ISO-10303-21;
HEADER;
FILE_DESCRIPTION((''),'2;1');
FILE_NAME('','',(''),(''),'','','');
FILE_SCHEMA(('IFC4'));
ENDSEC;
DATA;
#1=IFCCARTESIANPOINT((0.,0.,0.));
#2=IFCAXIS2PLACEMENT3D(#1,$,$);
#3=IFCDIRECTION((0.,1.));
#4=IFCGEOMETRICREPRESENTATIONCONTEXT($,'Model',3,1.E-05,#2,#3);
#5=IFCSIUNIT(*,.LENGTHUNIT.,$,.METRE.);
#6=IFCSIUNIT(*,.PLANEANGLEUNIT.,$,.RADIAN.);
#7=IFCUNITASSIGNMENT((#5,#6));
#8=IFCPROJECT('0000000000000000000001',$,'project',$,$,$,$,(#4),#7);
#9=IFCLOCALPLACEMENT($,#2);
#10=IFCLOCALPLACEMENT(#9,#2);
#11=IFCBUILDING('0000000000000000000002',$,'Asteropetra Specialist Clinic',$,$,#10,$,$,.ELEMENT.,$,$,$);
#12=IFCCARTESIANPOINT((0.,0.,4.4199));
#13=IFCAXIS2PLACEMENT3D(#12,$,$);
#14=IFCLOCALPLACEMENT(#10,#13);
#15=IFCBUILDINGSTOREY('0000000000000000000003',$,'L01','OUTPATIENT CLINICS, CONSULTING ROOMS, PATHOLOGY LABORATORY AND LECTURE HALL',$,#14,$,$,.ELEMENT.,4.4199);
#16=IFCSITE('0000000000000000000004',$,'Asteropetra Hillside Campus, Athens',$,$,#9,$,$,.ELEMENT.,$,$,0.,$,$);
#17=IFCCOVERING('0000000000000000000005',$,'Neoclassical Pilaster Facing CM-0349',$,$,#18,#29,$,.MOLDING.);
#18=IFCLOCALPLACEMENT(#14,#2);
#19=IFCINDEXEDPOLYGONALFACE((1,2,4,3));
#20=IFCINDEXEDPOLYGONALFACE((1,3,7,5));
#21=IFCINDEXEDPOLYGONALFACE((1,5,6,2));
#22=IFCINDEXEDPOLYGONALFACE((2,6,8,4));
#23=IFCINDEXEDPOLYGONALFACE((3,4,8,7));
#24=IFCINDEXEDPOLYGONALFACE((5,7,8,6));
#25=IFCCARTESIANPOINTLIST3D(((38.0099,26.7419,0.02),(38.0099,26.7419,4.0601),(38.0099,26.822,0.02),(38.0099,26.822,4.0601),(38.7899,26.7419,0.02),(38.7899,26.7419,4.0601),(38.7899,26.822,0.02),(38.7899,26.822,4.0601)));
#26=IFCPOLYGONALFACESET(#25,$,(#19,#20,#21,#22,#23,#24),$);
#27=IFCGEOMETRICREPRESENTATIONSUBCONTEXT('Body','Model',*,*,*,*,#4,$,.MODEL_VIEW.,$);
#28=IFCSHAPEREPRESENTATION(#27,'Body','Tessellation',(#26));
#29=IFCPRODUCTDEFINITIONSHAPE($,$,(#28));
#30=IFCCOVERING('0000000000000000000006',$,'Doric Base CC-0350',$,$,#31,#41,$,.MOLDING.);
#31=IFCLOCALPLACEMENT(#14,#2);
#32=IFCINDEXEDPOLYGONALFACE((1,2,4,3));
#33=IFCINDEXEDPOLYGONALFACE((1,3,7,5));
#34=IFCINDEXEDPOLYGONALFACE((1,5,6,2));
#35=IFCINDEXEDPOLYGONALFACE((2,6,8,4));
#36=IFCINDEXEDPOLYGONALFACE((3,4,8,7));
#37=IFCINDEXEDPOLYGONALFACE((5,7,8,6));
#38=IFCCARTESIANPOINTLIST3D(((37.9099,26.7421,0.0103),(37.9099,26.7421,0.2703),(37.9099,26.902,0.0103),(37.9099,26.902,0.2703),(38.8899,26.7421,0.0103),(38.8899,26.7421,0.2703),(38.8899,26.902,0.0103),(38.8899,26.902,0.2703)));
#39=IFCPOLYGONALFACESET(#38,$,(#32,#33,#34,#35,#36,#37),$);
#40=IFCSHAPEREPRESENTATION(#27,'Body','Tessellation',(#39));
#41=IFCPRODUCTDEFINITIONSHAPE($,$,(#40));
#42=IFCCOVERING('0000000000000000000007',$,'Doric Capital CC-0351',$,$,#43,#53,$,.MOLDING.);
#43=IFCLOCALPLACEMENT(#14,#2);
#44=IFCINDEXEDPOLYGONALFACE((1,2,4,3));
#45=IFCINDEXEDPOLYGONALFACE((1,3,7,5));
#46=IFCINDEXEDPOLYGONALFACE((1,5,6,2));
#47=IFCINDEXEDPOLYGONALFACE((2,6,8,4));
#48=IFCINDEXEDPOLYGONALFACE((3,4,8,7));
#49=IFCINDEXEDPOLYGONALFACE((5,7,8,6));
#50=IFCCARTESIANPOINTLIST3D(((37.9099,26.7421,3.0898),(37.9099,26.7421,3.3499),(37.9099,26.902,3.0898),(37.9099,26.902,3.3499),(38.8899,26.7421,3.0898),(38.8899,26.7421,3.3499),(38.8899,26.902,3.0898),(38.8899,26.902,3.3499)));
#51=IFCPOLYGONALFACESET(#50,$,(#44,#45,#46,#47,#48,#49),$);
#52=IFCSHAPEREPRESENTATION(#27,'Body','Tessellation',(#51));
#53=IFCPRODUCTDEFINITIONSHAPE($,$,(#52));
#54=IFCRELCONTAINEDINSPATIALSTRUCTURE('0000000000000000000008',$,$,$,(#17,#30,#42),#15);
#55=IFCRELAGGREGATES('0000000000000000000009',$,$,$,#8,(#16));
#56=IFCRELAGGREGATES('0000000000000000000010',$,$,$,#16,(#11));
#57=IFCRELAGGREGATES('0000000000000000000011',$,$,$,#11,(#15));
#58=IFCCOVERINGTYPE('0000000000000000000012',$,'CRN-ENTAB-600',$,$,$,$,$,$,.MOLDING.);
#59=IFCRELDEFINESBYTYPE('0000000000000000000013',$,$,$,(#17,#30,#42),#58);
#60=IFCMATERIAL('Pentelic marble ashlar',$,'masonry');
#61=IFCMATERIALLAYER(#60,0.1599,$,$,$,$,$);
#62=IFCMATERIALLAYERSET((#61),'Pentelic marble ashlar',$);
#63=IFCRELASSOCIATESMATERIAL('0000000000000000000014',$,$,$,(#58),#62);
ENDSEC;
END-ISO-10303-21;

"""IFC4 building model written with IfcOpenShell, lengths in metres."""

from ifc_helpers import new_model, si_unit, direction, frame, origin, origin_2d, place, context, subcontext, project, spatial, rectangle, extrude, material, layer, layer_set, type_object, element, save


model = new_model("IFC4")

# Units and contexts
model_context = context("Model", 3, precision=1e-05, world=origin(), true_north=direction((0.0, 1.0)))
body_context = subcontext(model_context, "Body", "Model", "MODEL_VIEW")
ifc_project = project(units=[si_unit("LENGTHUNIT", "METRE"), si_unit("PLANEANGLEUNIT", "RADIAN")], contexts=[model_context])

# Site, building, storey
site_placement = place(None, origin())
site = spatial("IfcSite", under=ifc_project, at=site_placement, Name="Asteropetra Hillside Campus, Athens", CompositionType="ELEMENT", RefElevation=0.0)
building_placement = place(site_placement, origin())
building = spatial("IfcBuilding", under=site, at=building_placement, Name="Asteropetra Specialist Clinic", CompositionType="ELEMENT")
storey_placement = place(building_placement, frame((0.0, 0.0, 4.4199)))
storey = spatial("IfcBuildingStorey", under=building, at=storey_placement, Name="L01", Description="OUTPATIENT CLINICS, CONSULTING ROOMS, PATHOLOGY LABORATORY AND LECTURE HALL", CompositionType="ELEMENT", Elevation=4.4199)

# Coverings
ifc_material_1 = material(Name="Pentelic marble ashlar", Category="masonry")
ifc_layer_1 = layer(ifc_material_1, 0.1599)
ifc_layer_set_1 = layer_set([ifc_layer_1], Name="Pentelic marble ashlar")
covering_type = type_object("IfcCoveringType", Name="CRN-ENTAB-600", PredefinedType="MOLDING", material=ifc_layer_set_1)
covering_1_placement = place(storey_placement, frame((38.3999, 26.782, 0.02), z_axis=(0.0, 0.0, 1.0), x_axis=(1.0, 0.0, 0.0)))
element("IfcCovering", 1, at=covering_1_placement, inside=storey, type_object=covering_type, Name="Neoclassical Pilaster Facing CM-0349", PredefinedType="MOLDING", context=body_context, shape_type="SweptSolid", body=[
    extrude(rectangle(XDim=0.78, YDim=0.0801, at=origin_2d()), origin(), (0.0, 0.0, 1.0), 4.04),
])
for number, where, z_axis, x_axis, name in (
    (2, (38.3999, 26.822, 0.0103), (0.0, 0.0, 1.0), (1.0, 0.0, 0.0), "Doric Base CC-0350"),
    (3, (38.3999, 26.822, 3.0898), (0.0, 0.0, 1.0), (1.0, 0.0, 0.0), "Doric Capital CC-0351"),
):
    element("IfcCovering", number, at=place(storey_placement, frame(where, z_axis=z_axis, x_axis=x_axis)), inside=storey, type_object=covering_type, Name=name, PredefinedType="MOLDING", context=body_context, shape_type="SweptSolid", body=[
        extrude(rectangle(XDim=0.98, YDim=0.1599, at=origin_2d()), origin(), (0.0, 0.0, 1.0), 0.26),
    ])

save(model, "model.ifc")
